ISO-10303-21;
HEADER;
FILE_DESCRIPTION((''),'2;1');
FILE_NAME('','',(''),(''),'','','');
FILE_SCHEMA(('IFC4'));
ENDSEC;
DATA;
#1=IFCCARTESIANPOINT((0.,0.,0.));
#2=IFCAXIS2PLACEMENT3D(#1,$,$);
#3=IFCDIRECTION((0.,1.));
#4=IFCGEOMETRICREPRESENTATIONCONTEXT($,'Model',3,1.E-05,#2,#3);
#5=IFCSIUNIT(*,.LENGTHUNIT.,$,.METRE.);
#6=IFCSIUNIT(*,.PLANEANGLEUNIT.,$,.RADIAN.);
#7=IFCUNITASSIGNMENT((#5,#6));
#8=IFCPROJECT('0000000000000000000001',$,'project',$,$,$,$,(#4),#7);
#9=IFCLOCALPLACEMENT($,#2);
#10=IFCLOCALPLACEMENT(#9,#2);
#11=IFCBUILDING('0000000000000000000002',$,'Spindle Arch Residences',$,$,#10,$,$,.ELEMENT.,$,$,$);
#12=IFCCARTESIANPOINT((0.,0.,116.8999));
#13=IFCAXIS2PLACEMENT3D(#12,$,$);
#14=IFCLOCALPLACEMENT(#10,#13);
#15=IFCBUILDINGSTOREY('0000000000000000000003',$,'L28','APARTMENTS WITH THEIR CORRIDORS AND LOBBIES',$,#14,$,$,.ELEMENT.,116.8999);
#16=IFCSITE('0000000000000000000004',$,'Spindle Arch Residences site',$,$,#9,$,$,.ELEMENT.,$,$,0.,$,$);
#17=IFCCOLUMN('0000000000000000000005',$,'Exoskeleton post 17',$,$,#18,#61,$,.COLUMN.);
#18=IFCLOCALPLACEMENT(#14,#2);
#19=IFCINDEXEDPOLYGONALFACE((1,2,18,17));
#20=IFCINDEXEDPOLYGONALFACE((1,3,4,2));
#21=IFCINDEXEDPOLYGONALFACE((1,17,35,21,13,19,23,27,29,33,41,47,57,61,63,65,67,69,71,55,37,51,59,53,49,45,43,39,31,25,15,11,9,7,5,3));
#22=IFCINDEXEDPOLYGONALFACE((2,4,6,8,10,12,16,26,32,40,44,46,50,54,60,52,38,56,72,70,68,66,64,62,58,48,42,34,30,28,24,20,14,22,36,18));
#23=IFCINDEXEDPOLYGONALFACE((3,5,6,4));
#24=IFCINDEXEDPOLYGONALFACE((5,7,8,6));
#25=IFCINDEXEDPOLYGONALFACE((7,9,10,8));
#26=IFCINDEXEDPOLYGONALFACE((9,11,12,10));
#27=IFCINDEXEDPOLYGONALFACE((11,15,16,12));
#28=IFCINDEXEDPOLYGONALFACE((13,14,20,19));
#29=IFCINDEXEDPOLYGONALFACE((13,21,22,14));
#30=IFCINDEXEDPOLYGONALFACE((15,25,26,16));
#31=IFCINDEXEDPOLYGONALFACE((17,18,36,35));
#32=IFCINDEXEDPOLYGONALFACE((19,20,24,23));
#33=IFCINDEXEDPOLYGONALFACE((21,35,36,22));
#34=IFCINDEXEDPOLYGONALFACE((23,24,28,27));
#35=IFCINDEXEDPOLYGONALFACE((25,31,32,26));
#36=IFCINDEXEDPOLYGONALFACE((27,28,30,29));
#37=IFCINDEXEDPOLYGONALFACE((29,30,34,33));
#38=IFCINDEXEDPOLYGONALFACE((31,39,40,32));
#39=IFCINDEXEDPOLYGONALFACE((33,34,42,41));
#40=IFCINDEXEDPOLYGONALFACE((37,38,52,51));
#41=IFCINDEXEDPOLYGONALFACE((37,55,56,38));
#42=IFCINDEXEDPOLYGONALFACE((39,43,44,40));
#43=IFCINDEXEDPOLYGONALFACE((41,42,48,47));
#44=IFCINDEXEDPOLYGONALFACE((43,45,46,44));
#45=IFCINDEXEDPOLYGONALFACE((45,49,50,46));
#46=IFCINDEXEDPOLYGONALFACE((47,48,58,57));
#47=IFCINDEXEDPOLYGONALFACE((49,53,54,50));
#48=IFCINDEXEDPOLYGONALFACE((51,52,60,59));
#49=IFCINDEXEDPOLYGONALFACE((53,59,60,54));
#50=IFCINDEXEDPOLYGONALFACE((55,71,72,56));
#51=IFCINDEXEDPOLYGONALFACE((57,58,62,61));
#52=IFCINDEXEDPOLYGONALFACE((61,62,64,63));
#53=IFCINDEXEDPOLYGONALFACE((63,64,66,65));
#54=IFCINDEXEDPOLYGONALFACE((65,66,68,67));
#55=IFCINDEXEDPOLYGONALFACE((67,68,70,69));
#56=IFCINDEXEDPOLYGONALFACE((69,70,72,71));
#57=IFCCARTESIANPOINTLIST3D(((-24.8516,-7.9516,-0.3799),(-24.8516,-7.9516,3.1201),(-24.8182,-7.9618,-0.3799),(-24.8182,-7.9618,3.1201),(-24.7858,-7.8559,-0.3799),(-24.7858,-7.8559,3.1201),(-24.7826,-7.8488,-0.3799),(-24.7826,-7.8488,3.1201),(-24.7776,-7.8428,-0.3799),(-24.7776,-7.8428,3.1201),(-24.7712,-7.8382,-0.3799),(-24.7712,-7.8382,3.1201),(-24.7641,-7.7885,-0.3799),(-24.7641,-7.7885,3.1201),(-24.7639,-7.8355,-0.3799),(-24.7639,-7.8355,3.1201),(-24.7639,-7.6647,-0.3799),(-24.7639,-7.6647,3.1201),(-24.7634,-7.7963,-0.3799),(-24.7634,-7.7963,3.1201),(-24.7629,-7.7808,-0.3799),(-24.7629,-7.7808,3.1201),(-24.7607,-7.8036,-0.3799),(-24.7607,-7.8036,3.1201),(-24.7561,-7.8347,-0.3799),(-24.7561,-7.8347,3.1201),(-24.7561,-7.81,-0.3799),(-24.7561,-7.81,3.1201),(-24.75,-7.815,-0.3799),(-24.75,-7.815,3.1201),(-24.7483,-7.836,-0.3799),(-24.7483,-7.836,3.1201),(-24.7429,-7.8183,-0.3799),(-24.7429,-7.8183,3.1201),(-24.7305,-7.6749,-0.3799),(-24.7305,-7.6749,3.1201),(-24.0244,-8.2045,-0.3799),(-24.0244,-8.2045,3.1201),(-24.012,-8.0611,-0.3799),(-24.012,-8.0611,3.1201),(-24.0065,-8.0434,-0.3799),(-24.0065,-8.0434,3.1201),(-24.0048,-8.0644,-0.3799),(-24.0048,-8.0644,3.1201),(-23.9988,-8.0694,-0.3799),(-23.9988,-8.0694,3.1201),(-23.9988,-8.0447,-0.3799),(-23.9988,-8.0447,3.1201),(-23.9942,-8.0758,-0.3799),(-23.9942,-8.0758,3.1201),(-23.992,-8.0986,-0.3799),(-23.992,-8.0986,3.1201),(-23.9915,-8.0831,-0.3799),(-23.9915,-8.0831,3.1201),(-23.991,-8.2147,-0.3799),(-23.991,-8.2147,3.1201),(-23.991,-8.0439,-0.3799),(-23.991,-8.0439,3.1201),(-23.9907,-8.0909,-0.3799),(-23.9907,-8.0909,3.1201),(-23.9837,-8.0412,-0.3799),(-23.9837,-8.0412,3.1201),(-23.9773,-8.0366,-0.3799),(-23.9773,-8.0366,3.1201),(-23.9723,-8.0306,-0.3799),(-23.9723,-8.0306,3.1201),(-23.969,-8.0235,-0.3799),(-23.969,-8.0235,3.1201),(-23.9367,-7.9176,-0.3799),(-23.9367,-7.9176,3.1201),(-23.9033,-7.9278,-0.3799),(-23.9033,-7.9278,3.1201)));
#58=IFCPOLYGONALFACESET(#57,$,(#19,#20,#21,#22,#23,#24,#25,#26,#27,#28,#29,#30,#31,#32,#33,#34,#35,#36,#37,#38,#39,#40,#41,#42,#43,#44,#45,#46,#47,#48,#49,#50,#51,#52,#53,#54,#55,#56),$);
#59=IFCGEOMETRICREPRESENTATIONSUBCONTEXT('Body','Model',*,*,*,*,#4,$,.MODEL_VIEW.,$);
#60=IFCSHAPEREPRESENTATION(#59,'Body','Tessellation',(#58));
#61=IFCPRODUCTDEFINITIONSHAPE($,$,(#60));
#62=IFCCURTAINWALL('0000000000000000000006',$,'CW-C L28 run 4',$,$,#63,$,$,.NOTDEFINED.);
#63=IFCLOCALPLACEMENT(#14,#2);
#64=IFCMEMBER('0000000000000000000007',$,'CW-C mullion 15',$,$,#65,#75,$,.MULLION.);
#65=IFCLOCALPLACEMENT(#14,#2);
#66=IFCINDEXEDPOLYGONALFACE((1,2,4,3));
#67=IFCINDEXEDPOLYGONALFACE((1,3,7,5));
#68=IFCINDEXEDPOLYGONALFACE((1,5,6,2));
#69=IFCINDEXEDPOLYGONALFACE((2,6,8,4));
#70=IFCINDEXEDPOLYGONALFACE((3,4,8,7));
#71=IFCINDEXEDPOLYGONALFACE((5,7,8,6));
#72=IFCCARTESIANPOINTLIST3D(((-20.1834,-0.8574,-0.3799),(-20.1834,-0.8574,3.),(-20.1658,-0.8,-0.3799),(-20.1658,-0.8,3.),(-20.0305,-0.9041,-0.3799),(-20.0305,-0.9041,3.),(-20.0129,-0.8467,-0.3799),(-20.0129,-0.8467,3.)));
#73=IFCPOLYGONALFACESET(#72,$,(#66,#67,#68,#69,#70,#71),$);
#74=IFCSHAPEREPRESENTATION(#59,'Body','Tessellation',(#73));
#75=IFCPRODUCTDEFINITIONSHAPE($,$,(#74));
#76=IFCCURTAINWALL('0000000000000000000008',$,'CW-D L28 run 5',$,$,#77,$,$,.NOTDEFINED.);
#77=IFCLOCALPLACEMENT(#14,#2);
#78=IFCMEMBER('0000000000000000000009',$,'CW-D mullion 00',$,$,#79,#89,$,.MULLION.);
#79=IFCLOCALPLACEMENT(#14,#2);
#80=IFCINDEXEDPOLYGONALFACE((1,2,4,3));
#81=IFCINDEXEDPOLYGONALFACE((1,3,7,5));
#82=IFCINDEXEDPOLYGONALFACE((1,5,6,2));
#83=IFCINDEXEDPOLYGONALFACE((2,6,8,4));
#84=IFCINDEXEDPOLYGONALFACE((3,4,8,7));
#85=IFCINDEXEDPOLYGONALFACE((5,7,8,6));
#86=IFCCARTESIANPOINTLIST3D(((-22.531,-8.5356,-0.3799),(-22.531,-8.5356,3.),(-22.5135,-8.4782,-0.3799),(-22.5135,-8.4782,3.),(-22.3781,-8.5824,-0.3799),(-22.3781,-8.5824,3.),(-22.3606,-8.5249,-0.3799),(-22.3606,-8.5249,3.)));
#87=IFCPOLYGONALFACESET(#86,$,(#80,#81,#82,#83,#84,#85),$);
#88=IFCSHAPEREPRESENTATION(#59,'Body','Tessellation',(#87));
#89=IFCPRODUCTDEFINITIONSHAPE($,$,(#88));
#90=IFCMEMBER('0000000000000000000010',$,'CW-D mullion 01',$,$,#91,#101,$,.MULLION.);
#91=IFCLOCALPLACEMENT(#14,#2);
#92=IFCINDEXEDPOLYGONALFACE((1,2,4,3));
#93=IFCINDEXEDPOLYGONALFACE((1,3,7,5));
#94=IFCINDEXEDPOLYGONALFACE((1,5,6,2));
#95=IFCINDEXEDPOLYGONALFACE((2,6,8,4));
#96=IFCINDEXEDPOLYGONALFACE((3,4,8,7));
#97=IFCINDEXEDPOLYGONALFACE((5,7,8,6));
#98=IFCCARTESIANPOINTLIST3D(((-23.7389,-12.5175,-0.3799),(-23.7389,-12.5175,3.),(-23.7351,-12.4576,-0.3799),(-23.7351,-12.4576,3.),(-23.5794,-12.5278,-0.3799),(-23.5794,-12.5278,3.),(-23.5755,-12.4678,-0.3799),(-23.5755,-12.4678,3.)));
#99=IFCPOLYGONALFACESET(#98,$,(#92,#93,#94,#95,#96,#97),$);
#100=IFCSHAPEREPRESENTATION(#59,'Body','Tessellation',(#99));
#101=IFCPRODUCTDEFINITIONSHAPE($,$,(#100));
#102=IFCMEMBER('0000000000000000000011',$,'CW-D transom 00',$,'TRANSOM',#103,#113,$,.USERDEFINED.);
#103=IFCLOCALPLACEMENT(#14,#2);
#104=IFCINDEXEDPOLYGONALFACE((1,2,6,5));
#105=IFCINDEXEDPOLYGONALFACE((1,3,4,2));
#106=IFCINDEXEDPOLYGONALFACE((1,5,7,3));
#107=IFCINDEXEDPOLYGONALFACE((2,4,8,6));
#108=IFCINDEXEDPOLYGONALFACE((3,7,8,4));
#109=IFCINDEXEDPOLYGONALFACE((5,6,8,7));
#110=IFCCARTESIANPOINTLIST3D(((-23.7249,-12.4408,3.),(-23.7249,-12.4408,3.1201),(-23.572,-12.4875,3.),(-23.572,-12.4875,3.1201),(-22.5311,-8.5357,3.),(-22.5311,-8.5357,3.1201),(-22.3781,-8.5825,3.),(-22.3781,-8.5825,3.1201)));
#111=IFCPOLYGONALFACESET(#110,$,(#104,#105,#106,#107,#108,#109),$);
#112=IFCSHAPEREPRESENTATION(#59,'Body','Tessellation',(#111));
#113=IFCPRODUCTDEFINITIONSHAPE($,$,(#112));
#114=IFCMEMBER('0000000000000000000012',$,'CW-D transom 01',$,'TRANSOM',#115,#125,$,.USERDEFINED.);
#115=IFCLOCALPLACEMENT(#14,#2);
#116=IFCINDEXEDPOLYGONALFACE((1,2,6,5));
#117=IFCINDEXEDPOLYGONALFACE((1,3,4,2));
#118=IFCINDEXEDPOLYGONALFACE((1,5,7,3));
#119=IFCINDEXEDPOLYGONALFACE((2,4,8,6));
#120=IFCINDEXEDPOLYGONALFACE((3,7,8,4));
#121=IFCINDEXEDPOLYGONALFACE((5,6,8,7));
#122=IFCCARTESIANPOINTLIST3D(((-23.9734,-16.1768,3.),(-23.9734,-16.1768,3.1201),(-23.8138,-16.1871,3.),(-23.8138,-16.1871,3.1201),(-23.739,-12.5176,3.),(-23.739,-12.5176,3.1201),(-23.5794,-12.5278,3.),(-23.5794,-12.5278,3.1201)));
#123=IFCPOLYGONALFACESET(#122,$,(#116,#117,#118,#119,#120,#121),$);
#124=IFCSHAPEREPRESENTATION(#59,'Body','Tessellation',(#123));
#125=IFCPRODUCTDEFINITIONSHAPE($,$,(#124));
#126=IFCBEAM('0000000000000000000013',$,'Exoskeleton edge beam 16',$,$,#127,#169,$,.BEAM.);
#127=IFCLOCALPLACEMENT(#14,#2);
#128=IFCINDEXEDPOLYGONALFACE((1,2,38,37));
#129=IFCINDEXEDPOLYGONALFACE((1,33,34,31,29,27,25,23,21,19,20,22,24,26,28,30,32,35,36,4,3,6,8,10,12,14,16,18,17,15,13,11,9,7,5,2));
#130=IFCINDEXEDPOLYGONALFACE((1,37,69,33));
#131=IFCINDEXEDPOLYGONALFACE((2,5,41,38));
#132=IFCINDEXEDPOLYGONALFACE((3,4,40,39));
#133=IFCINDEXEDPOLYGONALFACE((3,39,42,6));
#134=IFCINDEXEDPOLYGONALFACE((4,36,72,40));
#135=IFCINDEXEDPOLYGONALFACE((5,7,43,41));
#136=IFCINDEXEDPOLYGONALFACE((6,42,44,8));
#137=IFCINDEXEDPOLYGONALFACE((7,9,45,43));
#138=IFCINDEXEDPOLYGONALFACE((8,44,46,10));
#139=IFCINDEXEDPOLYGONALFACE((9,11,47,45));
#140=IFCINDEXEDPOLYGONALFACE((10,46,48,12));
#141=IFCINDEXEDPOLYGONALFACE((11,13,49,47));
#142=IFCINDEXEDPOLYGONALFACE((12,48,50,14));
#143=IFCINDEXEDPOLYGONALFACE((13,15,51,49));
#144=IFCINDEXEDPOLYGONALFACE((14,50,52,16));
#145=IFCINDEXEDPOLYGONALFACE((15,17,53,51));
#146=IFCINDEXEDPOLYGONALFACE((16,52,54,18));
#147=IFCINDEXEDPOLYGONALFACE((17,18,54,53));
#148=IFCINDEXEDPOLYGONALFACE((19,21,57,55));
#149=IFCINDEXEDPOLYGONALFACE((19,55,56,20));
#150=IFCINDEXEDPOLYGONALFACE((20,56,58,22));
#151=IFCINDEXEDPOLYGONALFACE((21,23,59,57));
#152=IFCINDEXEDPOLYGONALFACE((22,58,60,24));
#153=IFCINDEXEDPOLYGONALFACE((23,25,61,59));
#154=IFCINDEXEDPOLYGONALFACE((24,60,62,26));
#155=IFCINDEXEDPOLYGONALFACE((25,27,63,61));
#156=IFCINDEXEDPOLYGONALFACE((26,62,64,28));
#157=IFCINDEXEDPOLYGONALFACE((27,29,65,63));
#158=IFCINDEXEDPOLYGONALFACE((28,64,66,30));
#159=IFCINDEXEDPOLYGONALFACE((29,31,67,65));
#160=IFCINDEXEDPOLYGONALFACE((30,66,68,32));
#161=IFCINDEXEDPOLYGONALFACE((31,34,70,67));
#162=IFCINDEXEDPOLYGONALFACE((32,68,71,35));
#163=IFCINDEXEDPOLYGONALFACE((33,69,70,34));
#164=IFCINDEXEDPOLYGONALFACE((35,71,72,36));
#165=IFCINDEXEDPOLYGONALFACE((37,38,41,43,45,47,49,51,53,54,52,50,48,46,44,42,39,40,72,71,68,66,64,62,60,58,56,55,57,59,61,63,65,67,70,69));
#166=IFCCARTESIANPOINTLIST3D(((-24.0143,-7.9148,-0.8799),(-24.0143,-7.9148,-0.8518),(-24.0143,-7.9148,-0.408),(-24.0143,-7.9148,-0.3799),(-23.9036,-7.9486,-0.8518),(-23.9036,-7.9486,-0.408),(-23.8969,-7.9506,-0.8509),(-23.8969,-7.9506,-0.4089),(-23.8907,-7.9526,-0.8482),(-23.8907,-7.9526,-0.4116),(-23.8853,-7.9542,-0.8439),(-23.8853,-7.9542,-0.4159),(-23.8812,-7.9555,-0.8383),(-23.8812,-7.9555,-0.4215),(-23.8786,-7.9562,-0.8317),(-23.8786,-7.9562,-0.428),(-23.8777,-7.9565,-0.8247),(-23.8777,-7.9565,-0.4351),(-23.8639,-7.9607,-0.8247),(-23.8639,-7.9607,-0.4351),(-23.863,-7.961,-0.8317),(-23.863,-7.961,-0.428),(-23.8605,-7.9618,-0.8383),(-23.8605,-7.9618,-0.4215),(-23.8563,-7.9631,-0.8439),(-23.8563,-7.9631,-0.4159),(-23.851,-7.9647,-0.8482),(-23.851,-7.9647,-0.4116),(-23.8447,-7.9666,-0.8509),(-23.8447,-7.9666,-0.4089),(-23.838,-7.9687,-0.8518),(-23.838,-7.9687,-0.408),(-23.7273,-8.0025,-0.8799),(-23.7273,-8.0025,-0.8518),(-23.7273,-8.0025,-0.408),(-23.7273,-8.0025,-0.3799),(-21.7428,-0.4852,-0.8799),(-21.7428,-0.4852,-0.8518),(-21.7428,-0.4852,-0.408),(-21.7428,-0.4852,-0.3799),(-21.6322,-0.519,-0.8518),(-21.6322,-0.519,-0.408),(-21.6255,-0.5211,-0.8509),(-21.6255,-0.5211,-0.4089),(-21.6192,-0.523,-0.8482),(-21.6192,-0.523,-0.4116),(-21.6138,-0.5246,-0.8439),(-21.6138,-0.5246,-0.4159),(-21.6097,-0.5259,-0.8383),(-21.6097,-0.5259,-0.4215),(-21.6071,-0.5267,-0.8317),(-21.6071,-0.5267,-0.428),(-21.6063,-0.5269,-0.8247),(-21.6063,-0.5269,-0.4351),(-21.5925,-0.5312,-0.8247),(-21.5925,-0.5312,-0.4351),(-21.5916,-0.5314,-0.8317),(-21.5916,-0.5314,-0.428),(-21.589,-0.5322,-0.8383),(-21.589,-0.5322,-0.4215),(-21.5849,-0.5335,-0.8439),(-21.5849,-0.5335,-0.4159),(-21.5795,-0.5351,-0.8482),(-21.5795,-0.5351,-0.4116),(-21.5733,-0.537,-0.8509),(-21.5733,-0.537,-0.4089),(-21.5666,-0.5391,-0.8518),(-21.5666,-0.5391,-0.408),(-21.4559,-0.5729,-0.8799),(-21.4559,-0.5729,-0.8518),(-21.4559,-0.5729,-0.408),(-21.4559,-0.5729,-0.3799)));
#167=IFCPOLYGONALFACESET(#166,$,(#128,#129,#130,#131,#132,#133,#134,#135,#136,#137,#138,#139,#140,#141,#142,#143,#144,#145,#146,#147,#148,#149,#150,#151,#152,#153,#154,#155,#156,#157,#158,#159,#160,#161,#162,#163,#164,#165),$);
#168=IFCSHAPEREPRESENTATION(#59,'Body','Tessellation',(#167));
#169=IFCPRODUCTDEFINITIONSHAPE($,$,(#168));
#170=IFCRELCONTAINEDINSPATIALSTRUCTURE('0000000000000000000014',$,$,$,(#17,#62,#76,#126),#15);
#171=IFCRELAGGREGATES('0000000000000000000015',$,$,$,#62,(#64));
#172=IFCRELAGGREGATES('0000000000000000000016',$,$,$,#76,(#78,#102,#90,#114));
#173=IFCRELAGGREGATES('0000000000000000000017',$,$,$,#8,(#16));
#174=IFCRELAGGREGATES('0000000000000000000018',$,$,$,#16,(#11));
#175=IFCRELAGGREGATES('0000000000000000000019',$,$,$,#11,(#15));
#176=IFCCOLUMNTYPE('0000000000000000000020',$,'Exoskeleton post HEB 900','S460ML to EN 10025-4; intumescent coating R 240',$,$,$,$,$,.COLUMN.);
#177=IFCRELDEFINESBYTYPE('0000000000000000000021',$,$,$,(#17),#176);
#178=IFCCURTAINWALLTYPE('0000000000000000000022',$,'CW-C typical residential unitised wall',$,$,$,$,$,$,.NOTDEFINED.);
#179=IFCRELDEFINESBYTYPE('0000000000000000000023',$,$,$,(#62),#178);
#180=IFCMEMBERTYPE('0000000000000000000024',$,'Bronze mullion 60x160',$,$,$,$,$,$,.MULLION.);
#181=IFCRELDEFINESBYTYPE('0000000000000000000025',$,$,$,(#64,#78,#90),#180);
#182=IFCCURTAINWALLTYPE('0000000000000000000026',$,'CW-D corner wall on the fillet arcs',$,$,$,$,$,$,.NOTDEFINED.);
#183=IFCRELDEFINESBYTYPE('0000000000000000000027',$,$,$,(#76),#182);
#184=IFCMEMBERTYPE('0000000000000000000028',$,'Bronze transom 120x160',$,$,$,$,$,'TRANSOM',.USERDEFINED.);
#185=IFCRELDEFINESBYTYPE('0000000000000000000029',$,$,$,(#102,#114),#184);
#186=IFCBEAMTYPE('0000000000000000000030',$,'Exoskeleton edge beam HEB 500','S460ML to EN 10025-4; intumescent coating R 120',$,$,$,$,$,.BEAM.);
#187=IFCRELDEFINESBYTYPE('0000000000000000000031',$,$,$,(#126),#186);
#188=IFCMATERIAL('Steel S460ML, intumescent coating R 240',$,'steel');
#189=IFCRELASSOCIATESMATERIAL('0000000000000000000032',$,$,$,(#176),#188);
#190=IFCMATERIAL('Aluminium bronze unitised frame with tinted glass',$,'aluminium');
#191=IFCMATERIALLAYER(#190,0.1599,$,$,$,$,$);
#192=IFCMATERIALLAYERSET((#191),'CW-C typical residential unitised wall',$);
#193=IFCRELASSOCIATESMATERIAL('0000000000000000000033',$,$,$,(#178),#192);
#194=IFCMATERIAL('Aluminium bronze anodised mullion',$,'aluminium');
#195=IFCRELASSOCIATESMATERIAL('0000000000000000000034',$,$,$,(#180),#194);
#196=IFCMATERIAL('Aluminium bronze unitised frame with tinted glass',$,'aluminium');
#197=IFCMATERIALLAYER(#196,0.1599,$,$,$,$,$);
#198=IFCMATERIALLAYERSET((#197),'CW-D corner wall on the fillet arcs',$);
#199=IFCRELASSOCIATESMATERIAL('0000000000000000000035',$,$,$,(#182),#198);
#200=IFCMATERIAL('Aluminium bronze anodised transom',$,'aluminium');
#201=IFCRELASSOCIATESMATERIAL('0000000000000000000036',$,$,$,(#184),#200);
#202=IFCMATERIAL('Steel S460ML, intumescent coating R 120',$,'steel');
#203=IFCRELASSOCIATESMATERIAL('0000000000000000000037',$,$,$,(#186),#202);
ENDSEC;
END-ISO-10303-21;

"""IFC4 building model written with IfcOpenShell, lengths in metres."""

from ifc_helpers import new_model, si_unit, direction, frame, origin, origin_2d, place, context, subcontext, project, spatial, rectangle, i_section, extrude, material, layer, layer_set, material_profile, profile_set, type_object, element, aggregate, save


model = new_model("IFC4")

# Units and contexts
model_context = context("Model", 3, precision=1e-05, world=origin(), true_north=direction((0.0, 1.0)))
body_context = subcontext(model_context, "Body", "Model", "MODEL_VIEW")
ifc_project = project(units=[si_unit("LENGTHUNIT", "METRE"), si_unit("PLANEANGLEUNIT", "RADIAN")], contexts=[model_context])

# Site, building, storey
site_placement = place(None, origin())
site = spatial("IfcSite", under=ifc_project, at=site_placement, Name="Spindle Arch Residences site", CompositionType="ELEMENT", RefElevation=0.0)
building_placement = place(site_placement, origin())
building = spatial("IfcBuilding", under=site, at=building_placement, Name="Spindle Arch Residences", CompositionType="ELEMENT")
storey_placement = place(building_placement, frame((0.0, 0.0, 116.8999)))
storey = spatial("IfcBuildingStorey", under=building, at=storey_placement, Name="L28", Description="APARTMENTS WITH THEIR CORRIDORS AND LOBBIES", CompositionType="ELEMENT", Elevation=116.8999)

# Column
ifc_material_1 = material(Name="Steel S460ML, intumescent coating R 240", Category="steel")
ifc_material_profile_1 = material_profile(ifc_material_1, i_section(OverallWidth=0.3, OverallDepth=0.8999, WebThickness=0.0186, FlangeThickness=0.0349, FilletRadius=0.03, at=origin_2d()), Name="HEB 900")
ifc_profile_set_1 = profile_set([ifc_material_profile_1], Name="Steel S460ML, intumescent coating R 240")
column_type = type_object("IfcColumnType", Name="Exoskeleton post HEB 900", Description="S460ML to EN 10025-4; intumescent coating R 240", PredefinedType="COLUMN", material=ifc_profile_set_1)
column_placement = place(storey_placement, frame((-24.3774, -7.9397, -0.3799), z_axis=(0.0, 0.0, 1.0), x_axis=(0.292372, 0.956305, 0.0)))
element("IfcColumn", 1, at=column_placement, inside=storey, type_object=column_type, Name="Exoskeleton post 17", PredefinedType="COLUMN", context=body_context, shape_type="SweptSolid", body=[
    extrude(i_section(OverallWidth=0.3, OverallDepth=0.8999, WebThickness=0.0186, FlangeThickness=0.0349, FilletRadius=0.03, at=origin_2d()), origin(), (0.0, 0.0, 1.0), 3.5),
])

# Curtain wall, member
ifc_material_2 = material(Name="Aluminium bronze unitised frame with tinted glass", Category="aluminium")
ifc_layer_1 = layer(ifc_material_2, 0.1599)
ifc_layer_set_1 = layer_set([ifc_layer_1], Name="CW-C typical residential unitised wall")
curtain_wall_type_1 = type_object("IfcCurtainWallType", Name="CW-C typical residential unitised wall", PredefinedType="NOTDEFINED", material=ifc_layer_set_1)
curtain_wall_1_placement = place(storey_placement, origin())
curtain_wall_1 = element("IfcCurtainWall", 2, at=curtain_wall_1_placement, inside=storey, type_object=curtain_wall_type_1, Name="CW-C L28 run 4", PredefinedType="NOTDEFINED")
ifc_material_3 = material(Name="Aluminium bronze anodised mullion", Category="aluminium")
ifc_material_profile_2 = material_profile(ifc_material_3, rectangle(XDim=0.1599, YDim=0.0601, at=origin_2d()), Name="MU 60x160")
ifc_profile_set_2 = profile_set([ifc_material_profile_2], Name="Aluminium bronze anodised mullion")
member_type_1 = type_object("IfcMemberType", Name="Bronze mullion 60x160", PredefinedType="MULLION", material=ifc_profile_set_2)
member_1_placement = place(storey_placement, frame((-20.0981, -0.8521, -0.3799), z_axis=(0.0, 0.0, 1.0), x_axis=(0.956305, -0.292372, 0.0)))
member_1 = element("IfcMember", 3, at=member_1_placement, type_object=member_type_1, Name="CW-C mullion 15", PredefinedType="MULLION", context=body_context, shape_type="SweptSolid", body=[
    extrude(rectangle(XDim=0.1599, YDim=0.0601, at=origin_2d()), origin(), (0.0, 0.0, 1.0), 3.3799),
])

# Curtain wall, members
ifc_material_4 = material(Name="Aluminium bronze unitised frame with tinted glass", Category="aluminium")
ifc_layer_2 = layer(ifc_material_4, 0.1599)
ifc_layer_set_2 = layer_set([ifc_layer_2], Name="CW-D corner wall on the fillet arcs")
curtain_wall_type_2 = type_object("IfcCurtainWallType", Name="CW-D corner wall on the fillet arcs", PredefinedType="NOTDEFINED", material=ifc_layer_set_2)
curtain_wall_2_placement = place(storey_placement, origin())
curtain_wall_2 = element("IfcCurtainWall", 4, at=curtain_wall_2_placement, inside=storey, type_object=curtain_wall_type_2, Name="CW-D L28 run 5", PredefinedType="NOTDEFINED")
member_2_placement = place(storey_placement, frame((-22.4458, -8.5303, -0.3799), z_axis=(0.0, 0.0, 1.0), x_axis=(0.956305, -0.292372, 0.0)))
member_2 = element("IfcMember", 5, at=member_2_placement, type_object=member_type_1, Name="CW-D mullion 00", PredefinedType="MULLION", context=body_context, shape_type="SweptSolid", body=[
    extrude(rectangle(XDim=0.1599, YDim=0.0601, at=origin_2d()), origin(), (0.0, 0.0, 1.0), 3.3799),
])
member_3_placement = place(storey_placement, frame((-23.6572, -12.4927, -0.3799), z_axis=(0.0, 0.0, 1.0), x_axis=(0.997953, -0.063952, 0.0)))
member_3 = element("IfcMember", 6, at=member_3_placement, type_object=member_type_1, Name="CW-D mullion 01", PredefinedType="MULLION", context=body_context, shape_type="SweptSolid", body=[
    extrude(rectangle(XDim=0.1599, YDim=0.0601, at=origin_2d()), origin(), (0.0, 0.0, 1.0), 3.3799),
])
ifc_material_5 = material(Name="Aluminium bronze anodised transom", Category="aluminium")
ifc_material_profile_3 = material_profile(ifc_material_5, rectangle(XDim=0.1599, YDim=0.1201, at=origin_2d()), Name="TR 120x160")
ifc_profile_set_3 = profile_set([ifc_material_profile_3], Name="Aluminium bronze anodised transom")
member_type_2 = type_object("IfcMemberType", Name="Bronze transom 120x160", ElementType="TRANSOM", PredefinedType="USERDEFINED", material=ifc_profile_set_3)
member_4_placement = place(storey_placement, frame((-22.4546, -8.5591, 3.0601), z_axis=(-0.292363, -0.956307, 0.0), x_axis=(0.956307, -0.292363, 0.0)))
member_4 = element("IfcMember", 7, at=member_4_placement, type_object=member_type_2, Name="CW-D transom 00", ObjectType="TRANSOM", PredefinedType="USERDEFINED", context=body_context, shape_type="SweptSolid", body=[
    extrude(rectangle(XDim=0.1599, YDim=0.1201, at=origin_2d()), origin(), (0.0, 0.0, 1.0), 4.0835),
])
member_5_placement = place(storey_placement, frame((-23.6592, -12.5227, 3.0601), z_axis=(-0.06392, -0.997955, 0.0), x_axis=(0.997955, -0.06392, 0.0)))
member_5 = element("IfcMember", 8, at=member_5_placement, type_object=member_type_2, Name="CW-D transom 01", ObjectType="TRANSOM", PredefinedType="USERDEFINED", context=body_context, shape_type="SweptSolid", body=[
    extrude(rectangle(XDim=0.1599, YDim=0.1201, at=origin_2d()), origin(), (0.0, 0.0, 1.0), 3.6667),
])

# Beam
ifc_material_6 = material(Name="Steel S460ML, intumescent coating R 120", Category="steel")
ifc_material_profile_4 = material_profile(ifc_material_6, i_section(OverallWidth=0.3, OverallDepth=0.5, WebThickness=0.0144, FlangeThickness=0.0281, FilletRadius=0.0271, at=origin_2d()), Name="HEB 500")
ifc_profile_set_4 = profile_set([ifc_material_profile_4], Name="Steel S460ML, intumescent coating R 120")
beam_type_1 = type_object("IfcBeamType", Name="Exoskeleton edge beam HEB 500", Description="S460ML to EN 10025-4; intumescent coating R 120", PredefinedType="BEAM", material=ifc_profile_set_4)
beam_1_placement = place(storey_placement, frame((-21.5994, -0.5291, -0.6299), z_axis=(-0.292372, -0.956305, 0.0), x_axis=(0.956305, -0.292372, 0.0)))
element("IfcBeam", 9, at=beam_1_placement, inside=storey, type_object=beam_type_1, Name="Exoskeleton edge beam 16", PredefinedType="BEAM", context=body_context, shape_type="SweptSolid", body=[
    extrude(i_section(OverallWidth=0.3, OverallDepth=0.5, WebThickness=0.0144, FlangeThickness=0.0281, FilletRadius=0.0271, at=origin_2d()), origin(), (0.0, 0.0, 1.0), 7.769),
])

aggregate(curtain_wall_1, [member_1])
aggregate(curtain_wall_2, [member_2, member_4, member_3, member_5])

save(model, "model.ifc")
